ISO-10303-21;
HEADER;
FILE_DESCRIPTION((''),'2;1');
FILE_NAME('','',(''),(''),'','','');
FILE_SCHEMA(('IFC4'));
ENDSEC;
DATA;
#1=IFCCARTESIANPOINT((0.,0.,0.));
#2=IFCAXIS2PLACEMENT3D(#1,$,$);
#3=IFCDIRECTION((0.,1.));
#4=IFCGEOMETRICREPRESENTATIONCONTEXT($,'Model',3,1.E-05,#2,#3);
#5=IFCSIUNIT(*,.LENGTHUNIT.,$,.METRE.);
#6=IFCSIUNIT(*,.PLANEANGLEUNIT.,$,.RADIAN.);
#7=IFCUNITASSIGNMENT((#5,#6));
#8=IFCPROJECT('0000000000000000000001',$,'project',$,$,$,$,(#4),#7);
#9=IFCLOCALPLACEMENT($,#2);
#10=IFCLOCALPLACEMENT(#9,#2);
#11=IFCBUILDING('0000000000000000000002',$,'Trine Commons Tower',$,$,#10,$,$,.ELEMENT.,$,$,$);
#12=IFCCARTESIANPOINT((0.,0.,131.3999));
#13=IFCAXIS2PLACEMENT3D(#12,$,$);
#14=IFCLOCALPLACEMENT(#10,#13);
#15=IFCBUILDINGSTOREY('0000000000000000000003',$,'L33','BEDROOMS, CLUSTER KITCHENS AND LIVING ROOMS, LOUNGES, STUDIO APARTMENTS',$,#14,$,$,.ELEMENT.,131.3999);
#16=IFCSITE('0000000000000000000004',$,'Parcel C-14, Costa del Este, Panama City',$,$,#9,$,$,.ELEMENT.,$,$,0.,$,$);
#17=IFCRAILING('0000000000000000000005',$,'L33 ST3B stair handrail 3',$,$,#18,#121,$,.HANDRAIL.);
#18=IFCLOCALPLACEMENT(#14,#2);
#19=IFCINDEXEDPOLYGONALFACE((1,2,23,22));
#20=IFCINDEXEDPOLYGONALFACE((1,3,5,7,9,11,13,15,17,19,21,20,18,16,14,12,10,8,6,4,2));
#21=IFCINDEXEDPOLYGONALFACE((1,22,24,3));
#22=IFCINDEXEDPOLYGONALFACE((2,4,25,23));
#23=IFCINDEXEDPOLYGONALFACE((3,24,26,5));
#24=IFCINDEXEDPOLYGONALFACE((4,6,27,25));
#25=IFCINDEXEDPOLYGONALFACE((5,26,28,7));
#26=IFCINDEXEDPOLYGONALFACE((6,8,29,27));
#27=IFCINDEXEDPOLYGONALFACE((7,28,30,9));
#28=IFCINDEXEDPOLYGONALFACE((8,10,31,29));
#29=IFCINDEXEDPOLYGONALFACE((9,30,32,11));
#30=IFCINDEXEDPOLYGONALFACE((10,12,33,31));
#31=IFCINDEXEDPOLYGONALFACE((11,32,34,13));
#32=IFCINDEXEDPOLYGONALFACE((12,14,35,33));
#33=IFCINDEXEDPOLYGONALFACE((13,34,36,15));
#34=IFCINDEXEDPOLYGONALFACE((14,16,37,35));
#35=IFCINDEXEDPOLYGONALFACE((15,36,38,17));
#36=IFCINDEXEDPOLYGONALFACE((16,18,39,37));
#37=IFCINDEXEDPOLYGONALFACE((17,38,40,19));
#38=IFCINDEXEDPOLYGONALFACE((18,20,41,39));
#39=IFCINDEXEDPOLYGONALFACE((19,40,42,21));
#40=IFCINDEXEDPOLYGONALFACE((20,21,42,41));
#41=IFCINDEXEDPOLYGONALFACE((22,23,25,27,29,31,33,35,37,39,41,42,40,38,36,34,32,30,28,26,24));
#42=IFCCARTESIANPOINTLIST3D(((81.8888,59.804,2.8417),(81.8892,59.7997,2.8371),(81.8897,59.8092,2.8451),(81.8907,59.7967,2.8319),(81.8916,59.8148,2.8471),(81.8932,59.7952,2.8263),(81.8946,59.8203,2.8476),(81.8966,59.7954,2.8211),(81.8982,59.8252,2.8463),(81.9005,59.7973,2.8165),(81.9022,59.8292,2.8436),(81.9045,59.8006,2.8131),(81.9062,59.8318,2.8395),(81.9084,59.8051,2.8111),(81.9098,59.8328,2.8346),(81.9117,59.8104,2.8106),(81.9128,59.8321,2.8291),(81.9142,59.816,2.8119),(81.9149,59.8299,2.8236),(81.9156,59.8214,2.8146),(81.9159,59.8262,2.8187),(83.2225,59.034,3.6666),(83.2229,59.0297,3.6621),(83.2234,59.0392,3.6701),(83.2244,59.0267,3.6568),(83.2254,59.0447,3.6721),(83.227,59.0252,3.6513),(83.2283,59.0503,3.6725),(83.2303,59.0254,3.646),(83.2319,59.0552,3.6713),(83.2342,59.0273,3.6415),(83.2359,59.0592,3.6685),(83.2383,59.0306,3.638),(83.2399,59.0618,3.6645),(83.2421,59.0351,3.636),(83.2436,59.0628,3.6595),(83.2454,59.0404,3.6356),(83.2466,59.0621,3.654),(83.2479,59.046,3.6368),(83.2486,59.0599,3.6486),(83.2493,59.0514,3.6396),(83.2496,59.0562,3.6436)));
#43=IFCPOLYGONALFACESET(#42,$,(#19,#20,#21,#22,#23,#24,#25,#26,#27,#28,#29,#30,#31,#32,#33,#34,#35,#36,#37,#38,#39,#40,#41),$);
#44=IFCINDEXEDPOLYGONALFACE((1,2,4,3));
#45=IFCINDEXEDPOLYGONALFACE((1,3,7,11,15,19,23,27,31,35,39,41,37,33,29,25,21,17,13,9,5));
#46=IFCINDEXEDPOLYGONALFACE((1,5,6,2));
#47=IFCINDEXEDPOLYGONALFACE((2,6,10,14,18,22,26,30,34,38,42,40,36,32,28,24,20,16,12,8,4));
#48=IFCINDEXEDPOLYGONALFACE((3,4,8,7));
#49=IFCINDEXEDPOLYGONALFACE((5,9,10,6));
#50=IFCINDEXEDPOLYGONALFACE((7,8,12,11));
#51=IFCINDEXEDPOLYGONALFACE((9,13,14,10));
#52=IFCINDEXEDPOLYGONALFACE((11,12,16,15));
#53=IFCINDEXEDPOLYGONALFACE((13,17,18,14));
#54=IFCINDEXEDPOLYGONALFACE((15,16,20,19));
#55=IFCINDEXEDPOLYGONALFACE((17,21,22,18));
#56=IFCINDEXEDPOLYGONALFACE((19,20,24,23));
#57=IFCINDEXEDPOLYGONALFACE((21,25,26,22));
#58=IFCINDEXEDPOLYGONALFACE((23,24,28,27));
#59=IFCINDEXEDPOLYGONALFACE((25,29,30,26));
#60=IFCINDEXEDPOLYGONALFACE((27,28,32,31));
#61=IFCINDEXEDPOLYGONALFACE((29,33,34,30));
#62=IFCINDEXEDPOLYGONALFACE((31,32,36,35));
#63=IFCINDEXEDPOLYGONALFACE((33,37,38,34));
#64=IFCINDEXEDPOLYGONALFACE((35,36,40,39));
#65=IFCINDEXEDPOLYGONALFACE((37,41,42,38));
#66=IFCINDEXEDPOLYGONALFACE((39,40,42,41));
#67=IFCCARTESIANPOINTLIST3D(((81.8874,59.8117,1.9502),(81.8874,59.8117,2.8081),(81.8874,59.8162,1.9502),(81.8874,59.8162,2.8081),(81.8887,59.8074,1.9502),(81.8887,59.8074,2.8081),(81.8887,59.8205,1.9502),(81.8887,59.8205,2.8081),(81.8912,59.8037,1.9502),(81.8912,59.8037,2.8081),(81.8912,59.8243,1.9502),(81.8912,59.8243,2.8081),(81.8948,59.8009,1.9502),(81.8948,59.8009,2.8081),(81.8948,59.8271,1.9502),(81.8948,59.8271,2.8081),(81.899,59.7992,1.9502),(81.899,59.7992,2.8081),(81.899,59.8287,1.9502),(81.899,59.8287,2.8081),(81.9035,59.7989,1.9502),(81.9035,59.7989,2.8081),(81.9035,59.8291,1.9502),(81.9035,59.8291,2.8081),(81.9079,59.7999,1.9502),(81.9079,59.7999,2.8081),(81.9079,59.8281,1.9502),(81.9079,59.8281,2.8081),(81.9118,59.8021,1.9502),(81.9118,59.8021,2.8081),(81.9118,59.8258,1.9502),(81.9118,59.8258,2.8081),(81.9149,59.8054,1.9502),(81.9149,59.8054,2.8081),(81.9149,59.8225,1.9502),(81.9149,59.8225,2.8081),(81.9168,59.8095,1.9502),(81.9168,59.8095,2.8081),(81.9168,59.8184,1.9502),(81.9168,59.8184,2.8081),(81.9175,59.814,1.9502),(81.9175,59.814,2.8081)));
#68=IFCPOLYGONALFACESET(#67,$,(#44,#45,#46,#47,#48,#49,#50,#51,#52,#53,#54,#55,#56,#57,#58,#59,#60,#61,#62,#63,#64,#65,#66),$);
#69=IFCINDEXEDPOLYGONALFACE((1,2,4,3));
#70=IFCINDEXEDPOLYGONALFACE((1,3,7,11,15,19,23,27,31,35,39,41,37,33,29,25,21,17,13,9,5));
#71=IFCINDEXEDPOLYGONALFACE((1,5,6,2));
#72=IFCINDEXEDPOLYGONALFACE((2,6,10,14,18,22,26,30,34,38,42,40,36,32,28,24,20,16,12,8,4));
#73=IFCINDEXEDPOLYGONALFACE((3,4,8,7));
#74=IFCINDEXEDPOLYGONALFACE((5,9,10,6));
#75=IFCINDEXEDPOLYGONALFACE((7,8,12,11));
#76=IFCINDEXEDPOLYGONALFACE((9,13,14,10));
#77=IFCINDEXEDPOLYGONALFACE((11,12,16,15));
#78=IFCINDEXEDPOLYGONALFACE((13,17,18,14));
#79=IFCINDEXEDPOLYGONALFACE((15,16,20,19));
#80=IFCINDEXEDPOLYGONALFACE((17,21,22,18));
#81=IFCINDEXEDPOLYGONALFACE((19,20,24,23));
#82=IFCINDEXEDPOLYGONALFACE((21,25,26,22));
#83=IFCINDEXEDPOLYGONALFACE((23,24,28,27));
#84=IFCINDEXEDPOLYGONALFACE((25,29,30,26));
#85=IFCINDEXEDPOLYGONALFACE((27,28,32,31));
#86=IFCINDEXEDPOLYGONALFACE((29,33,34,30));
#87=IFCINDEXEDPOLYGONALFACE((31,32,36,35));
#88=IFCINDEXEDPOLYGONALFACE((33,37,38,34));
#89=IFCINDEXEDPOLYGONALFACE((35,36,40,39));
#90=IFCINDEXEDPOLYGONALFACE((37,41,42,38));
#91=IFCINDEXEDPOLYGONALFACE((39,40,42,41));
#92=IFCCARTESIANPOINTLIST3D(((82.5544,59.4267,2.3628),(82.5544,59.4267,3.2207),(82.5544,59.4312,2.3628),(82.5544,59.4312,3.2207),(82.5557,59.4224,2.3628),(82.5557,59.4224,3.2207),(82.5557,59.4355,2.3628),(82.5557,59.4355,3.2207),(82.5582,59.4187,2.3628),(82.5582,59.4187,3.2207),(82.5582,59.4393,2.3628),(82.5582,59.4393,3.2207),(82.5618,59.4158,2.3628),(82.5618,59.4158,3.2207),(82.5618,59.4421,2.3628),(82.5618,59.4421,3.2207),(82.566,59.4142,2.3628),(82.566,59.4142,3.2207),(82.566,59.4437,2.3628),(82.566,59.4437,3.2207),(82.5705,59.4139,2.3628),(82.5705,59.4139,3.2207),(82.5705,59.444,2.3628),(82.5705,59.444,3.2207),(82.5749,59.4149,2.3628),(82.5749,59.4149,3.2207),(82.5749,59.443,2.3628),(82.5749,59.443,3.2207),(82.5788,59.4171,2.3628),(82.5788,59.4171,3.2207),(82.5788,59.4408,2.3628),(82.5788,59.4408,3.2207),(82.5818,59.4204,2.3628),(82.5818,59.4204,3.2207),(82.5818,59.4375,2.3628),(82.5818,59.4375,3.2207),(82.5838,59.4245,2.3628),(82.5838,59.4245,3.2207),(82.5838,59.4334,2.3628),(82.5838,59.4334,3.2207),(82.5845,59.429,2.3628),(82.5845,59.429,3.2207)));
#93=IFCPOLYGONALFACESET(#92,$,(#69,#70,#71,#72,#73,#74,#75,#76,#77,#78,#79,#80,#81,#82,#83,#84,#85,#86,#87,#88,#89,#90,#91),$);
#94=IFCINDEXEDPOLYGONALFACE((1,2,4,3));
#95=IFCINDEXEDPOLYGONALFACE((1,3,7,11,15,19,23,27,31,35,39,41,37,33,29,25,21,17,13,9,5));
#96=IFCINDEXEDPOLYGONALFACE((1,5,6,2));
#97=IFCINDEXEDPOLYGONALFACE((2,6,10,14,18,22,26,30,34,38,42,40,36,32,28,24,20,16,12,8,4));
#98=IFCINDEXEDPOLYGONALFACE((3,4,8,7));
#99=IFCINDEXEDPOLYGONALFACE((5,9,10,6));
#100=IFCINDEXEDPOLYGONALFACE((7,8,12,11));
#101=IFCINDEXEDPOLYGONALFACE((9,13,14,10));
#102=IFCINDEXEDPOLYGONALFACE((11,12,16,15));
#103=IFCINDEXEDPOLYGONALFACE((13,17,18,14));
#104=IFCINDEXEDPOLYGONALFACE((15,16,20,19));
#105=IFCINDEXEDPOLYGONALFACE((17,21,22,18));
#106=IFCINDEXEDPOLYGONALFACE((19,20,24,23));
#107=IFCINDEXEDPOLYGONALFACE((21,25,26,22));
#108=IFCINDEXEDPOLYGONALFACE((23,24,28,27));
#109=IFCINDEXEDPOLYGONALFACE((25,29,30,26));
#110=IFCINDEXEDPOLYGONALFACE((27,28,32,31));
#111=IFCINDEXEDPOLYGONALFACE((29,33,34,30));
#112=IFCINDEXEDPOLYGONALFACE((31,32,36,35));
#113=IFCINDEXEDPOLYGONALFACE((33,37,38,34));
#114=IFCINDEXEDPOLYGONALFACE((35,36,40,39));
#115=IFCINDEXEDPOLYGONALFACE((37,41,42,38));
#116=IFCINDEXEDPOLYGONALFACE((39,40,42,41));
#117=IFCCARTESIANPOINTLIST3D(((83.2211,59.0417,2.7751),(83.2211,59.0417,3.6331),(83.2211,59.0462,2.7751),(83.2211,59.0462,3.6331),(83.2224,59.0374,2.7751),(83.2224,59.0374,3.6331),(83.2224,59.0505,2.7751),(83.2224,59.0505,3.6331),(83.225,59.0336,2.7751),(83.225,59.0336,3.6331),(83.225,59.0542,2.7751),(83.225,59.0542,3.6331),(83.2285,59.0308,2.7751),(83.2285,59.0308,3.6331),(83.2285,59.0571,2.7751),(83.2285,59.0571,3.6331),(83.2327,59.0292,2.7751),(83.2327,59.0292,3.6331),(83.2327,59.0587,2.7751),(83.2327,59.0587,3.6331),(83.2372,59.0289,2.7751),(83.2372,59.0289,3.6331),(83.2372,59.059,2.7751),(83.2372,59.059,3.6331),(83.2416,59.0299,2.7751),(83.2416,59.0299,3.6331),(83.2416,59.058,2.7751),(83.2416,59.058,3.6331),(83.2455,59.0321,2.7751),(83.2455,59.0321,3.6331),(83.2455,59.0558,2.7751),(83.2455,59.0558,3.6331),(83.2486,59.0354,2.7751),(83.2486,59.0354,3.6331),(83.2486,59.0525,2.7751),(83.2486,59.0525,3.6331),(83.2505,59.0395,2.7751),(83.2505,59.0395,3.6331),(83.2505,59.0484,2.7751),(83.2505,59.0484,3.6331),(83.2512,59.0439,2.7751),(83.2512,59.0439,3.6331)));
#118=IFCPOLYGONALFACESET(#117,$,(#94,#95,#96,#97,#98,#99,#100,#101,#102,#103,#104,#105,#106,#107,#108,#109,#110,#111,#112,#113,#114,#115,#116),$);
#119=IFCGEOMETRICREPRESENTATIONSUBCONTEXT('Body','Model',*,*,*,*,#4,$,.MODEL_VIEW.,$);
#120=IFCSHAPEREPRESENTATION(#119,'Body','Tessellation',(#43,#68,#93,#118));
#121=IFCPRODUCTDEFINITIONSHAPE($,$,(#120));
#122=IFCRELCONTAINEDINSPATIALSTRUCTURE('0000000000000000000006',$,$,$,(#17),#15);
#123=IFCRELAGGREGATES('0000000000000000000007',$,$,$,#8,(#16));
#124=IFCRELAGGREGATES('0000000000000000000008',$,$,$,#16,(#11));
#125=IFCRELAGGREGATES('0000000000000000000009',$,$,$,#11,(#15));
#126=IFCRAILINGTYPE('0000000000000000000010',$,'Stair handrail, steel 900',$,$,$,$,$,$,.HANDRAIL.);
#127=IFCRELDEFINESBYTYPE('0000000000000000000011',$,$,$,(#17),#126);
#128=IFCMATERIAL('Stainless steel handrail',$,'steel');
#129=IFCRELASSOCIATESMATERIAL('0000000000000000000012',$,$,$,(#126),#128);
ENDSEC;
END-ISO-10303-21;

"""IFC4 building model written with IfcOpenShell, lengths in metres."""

from ifc_helpers import new_model, si_unit, direction, frame, origin, origin_2d, place, context, subcontext, project, spatial, circle, extrude, material, type_object, element, save


model = new_model("IFC4")

# Units and contexts
model_context = context("Model", 3, precision=1e-05, world=origin(), true_north=direction((0.0, 1.0)))
body_context = subcontext(model_context, "Body", "Model", "MODEL_VIEW")
ifc_project = project(units=[si_unit("LENGTHUNIT", "METRE"), si_unit("PLANEANGLEUNIT", "RADIAN")], contexts=[model_context])

# Site, building, storey
site_placement = place(None, origin())
site = spatial("IfcSite", under=ifc_project, at=site_placement, Name="Parcel C-14, Costa del Este, Panama City", CompositionType="ELEMENT", RefElevation=0.0)
building_placement = place(site_placement, origin())
building = spatial("IfcBuilding", under=site, at=building_placement, Name="Trine Commons Tower", CompositionType="ELEMENT")
storey_placement = place(building_placement, frame((0.0, 0.0, 131.3999)))
storey = spatial("IfcBuildingStorey", under=building, at=storey_placement, Name="L33", Description="BEDROOMS, CLUSTER KITCHENS AND LIVING ROOMS, LOUNGES, STUDIO APARTMENTS", CompositionType="ELEMENT", Elevation=131.3999)

# Railing
ifc_material_1 = material(Name="Stainless steel handrail", Category="steel")
railing_type_1 = type_object("IfcRailingType", Name="Stair handrail, steel 900", PredefinedType="HANDRAIL", material=ifc_material_1)
for number, where, name in (
    (1, (81.9023, 59.814, 1.9502), "L33 ST3B stair handrail 3"),
):
    element("IfcRailing", number, at=place(storey_placement, frame(where)), inside=storey, type_object=railing_type_1, Name=name, PredefinedType="HANDRAIL", context=body_context, shape_type="SweptSolid", body=[
        extrude(circle(Radius=0.021, at=origin_2d()), frame((0.0, 0.0, 0.8789), z_axis=(0.763405, -0.440743, 0.472185), x_axis=(0.499992, 0.86603, 0.0)), (0.0, 0.0, 1.0), 1.7471),
        extrude(circle(Radius=0.0151, at=origin_2d()), origin(), (0.0, 0.0, 1.0), 0.8579),
        extrude(circle(Radius=0.0151, at=origin_2d()), frame((0.667, -0.385, 0.4126)), (0.0, 0.0, 1.0), 0.8579),
        extrude(circle(Radius=0.0151, at=origin_2d()), frame((1.3337, -0.77, 0.825)), (0.0, 0.0, 1.0), 0.8579),
    ])

save(model, "model.ifc")
